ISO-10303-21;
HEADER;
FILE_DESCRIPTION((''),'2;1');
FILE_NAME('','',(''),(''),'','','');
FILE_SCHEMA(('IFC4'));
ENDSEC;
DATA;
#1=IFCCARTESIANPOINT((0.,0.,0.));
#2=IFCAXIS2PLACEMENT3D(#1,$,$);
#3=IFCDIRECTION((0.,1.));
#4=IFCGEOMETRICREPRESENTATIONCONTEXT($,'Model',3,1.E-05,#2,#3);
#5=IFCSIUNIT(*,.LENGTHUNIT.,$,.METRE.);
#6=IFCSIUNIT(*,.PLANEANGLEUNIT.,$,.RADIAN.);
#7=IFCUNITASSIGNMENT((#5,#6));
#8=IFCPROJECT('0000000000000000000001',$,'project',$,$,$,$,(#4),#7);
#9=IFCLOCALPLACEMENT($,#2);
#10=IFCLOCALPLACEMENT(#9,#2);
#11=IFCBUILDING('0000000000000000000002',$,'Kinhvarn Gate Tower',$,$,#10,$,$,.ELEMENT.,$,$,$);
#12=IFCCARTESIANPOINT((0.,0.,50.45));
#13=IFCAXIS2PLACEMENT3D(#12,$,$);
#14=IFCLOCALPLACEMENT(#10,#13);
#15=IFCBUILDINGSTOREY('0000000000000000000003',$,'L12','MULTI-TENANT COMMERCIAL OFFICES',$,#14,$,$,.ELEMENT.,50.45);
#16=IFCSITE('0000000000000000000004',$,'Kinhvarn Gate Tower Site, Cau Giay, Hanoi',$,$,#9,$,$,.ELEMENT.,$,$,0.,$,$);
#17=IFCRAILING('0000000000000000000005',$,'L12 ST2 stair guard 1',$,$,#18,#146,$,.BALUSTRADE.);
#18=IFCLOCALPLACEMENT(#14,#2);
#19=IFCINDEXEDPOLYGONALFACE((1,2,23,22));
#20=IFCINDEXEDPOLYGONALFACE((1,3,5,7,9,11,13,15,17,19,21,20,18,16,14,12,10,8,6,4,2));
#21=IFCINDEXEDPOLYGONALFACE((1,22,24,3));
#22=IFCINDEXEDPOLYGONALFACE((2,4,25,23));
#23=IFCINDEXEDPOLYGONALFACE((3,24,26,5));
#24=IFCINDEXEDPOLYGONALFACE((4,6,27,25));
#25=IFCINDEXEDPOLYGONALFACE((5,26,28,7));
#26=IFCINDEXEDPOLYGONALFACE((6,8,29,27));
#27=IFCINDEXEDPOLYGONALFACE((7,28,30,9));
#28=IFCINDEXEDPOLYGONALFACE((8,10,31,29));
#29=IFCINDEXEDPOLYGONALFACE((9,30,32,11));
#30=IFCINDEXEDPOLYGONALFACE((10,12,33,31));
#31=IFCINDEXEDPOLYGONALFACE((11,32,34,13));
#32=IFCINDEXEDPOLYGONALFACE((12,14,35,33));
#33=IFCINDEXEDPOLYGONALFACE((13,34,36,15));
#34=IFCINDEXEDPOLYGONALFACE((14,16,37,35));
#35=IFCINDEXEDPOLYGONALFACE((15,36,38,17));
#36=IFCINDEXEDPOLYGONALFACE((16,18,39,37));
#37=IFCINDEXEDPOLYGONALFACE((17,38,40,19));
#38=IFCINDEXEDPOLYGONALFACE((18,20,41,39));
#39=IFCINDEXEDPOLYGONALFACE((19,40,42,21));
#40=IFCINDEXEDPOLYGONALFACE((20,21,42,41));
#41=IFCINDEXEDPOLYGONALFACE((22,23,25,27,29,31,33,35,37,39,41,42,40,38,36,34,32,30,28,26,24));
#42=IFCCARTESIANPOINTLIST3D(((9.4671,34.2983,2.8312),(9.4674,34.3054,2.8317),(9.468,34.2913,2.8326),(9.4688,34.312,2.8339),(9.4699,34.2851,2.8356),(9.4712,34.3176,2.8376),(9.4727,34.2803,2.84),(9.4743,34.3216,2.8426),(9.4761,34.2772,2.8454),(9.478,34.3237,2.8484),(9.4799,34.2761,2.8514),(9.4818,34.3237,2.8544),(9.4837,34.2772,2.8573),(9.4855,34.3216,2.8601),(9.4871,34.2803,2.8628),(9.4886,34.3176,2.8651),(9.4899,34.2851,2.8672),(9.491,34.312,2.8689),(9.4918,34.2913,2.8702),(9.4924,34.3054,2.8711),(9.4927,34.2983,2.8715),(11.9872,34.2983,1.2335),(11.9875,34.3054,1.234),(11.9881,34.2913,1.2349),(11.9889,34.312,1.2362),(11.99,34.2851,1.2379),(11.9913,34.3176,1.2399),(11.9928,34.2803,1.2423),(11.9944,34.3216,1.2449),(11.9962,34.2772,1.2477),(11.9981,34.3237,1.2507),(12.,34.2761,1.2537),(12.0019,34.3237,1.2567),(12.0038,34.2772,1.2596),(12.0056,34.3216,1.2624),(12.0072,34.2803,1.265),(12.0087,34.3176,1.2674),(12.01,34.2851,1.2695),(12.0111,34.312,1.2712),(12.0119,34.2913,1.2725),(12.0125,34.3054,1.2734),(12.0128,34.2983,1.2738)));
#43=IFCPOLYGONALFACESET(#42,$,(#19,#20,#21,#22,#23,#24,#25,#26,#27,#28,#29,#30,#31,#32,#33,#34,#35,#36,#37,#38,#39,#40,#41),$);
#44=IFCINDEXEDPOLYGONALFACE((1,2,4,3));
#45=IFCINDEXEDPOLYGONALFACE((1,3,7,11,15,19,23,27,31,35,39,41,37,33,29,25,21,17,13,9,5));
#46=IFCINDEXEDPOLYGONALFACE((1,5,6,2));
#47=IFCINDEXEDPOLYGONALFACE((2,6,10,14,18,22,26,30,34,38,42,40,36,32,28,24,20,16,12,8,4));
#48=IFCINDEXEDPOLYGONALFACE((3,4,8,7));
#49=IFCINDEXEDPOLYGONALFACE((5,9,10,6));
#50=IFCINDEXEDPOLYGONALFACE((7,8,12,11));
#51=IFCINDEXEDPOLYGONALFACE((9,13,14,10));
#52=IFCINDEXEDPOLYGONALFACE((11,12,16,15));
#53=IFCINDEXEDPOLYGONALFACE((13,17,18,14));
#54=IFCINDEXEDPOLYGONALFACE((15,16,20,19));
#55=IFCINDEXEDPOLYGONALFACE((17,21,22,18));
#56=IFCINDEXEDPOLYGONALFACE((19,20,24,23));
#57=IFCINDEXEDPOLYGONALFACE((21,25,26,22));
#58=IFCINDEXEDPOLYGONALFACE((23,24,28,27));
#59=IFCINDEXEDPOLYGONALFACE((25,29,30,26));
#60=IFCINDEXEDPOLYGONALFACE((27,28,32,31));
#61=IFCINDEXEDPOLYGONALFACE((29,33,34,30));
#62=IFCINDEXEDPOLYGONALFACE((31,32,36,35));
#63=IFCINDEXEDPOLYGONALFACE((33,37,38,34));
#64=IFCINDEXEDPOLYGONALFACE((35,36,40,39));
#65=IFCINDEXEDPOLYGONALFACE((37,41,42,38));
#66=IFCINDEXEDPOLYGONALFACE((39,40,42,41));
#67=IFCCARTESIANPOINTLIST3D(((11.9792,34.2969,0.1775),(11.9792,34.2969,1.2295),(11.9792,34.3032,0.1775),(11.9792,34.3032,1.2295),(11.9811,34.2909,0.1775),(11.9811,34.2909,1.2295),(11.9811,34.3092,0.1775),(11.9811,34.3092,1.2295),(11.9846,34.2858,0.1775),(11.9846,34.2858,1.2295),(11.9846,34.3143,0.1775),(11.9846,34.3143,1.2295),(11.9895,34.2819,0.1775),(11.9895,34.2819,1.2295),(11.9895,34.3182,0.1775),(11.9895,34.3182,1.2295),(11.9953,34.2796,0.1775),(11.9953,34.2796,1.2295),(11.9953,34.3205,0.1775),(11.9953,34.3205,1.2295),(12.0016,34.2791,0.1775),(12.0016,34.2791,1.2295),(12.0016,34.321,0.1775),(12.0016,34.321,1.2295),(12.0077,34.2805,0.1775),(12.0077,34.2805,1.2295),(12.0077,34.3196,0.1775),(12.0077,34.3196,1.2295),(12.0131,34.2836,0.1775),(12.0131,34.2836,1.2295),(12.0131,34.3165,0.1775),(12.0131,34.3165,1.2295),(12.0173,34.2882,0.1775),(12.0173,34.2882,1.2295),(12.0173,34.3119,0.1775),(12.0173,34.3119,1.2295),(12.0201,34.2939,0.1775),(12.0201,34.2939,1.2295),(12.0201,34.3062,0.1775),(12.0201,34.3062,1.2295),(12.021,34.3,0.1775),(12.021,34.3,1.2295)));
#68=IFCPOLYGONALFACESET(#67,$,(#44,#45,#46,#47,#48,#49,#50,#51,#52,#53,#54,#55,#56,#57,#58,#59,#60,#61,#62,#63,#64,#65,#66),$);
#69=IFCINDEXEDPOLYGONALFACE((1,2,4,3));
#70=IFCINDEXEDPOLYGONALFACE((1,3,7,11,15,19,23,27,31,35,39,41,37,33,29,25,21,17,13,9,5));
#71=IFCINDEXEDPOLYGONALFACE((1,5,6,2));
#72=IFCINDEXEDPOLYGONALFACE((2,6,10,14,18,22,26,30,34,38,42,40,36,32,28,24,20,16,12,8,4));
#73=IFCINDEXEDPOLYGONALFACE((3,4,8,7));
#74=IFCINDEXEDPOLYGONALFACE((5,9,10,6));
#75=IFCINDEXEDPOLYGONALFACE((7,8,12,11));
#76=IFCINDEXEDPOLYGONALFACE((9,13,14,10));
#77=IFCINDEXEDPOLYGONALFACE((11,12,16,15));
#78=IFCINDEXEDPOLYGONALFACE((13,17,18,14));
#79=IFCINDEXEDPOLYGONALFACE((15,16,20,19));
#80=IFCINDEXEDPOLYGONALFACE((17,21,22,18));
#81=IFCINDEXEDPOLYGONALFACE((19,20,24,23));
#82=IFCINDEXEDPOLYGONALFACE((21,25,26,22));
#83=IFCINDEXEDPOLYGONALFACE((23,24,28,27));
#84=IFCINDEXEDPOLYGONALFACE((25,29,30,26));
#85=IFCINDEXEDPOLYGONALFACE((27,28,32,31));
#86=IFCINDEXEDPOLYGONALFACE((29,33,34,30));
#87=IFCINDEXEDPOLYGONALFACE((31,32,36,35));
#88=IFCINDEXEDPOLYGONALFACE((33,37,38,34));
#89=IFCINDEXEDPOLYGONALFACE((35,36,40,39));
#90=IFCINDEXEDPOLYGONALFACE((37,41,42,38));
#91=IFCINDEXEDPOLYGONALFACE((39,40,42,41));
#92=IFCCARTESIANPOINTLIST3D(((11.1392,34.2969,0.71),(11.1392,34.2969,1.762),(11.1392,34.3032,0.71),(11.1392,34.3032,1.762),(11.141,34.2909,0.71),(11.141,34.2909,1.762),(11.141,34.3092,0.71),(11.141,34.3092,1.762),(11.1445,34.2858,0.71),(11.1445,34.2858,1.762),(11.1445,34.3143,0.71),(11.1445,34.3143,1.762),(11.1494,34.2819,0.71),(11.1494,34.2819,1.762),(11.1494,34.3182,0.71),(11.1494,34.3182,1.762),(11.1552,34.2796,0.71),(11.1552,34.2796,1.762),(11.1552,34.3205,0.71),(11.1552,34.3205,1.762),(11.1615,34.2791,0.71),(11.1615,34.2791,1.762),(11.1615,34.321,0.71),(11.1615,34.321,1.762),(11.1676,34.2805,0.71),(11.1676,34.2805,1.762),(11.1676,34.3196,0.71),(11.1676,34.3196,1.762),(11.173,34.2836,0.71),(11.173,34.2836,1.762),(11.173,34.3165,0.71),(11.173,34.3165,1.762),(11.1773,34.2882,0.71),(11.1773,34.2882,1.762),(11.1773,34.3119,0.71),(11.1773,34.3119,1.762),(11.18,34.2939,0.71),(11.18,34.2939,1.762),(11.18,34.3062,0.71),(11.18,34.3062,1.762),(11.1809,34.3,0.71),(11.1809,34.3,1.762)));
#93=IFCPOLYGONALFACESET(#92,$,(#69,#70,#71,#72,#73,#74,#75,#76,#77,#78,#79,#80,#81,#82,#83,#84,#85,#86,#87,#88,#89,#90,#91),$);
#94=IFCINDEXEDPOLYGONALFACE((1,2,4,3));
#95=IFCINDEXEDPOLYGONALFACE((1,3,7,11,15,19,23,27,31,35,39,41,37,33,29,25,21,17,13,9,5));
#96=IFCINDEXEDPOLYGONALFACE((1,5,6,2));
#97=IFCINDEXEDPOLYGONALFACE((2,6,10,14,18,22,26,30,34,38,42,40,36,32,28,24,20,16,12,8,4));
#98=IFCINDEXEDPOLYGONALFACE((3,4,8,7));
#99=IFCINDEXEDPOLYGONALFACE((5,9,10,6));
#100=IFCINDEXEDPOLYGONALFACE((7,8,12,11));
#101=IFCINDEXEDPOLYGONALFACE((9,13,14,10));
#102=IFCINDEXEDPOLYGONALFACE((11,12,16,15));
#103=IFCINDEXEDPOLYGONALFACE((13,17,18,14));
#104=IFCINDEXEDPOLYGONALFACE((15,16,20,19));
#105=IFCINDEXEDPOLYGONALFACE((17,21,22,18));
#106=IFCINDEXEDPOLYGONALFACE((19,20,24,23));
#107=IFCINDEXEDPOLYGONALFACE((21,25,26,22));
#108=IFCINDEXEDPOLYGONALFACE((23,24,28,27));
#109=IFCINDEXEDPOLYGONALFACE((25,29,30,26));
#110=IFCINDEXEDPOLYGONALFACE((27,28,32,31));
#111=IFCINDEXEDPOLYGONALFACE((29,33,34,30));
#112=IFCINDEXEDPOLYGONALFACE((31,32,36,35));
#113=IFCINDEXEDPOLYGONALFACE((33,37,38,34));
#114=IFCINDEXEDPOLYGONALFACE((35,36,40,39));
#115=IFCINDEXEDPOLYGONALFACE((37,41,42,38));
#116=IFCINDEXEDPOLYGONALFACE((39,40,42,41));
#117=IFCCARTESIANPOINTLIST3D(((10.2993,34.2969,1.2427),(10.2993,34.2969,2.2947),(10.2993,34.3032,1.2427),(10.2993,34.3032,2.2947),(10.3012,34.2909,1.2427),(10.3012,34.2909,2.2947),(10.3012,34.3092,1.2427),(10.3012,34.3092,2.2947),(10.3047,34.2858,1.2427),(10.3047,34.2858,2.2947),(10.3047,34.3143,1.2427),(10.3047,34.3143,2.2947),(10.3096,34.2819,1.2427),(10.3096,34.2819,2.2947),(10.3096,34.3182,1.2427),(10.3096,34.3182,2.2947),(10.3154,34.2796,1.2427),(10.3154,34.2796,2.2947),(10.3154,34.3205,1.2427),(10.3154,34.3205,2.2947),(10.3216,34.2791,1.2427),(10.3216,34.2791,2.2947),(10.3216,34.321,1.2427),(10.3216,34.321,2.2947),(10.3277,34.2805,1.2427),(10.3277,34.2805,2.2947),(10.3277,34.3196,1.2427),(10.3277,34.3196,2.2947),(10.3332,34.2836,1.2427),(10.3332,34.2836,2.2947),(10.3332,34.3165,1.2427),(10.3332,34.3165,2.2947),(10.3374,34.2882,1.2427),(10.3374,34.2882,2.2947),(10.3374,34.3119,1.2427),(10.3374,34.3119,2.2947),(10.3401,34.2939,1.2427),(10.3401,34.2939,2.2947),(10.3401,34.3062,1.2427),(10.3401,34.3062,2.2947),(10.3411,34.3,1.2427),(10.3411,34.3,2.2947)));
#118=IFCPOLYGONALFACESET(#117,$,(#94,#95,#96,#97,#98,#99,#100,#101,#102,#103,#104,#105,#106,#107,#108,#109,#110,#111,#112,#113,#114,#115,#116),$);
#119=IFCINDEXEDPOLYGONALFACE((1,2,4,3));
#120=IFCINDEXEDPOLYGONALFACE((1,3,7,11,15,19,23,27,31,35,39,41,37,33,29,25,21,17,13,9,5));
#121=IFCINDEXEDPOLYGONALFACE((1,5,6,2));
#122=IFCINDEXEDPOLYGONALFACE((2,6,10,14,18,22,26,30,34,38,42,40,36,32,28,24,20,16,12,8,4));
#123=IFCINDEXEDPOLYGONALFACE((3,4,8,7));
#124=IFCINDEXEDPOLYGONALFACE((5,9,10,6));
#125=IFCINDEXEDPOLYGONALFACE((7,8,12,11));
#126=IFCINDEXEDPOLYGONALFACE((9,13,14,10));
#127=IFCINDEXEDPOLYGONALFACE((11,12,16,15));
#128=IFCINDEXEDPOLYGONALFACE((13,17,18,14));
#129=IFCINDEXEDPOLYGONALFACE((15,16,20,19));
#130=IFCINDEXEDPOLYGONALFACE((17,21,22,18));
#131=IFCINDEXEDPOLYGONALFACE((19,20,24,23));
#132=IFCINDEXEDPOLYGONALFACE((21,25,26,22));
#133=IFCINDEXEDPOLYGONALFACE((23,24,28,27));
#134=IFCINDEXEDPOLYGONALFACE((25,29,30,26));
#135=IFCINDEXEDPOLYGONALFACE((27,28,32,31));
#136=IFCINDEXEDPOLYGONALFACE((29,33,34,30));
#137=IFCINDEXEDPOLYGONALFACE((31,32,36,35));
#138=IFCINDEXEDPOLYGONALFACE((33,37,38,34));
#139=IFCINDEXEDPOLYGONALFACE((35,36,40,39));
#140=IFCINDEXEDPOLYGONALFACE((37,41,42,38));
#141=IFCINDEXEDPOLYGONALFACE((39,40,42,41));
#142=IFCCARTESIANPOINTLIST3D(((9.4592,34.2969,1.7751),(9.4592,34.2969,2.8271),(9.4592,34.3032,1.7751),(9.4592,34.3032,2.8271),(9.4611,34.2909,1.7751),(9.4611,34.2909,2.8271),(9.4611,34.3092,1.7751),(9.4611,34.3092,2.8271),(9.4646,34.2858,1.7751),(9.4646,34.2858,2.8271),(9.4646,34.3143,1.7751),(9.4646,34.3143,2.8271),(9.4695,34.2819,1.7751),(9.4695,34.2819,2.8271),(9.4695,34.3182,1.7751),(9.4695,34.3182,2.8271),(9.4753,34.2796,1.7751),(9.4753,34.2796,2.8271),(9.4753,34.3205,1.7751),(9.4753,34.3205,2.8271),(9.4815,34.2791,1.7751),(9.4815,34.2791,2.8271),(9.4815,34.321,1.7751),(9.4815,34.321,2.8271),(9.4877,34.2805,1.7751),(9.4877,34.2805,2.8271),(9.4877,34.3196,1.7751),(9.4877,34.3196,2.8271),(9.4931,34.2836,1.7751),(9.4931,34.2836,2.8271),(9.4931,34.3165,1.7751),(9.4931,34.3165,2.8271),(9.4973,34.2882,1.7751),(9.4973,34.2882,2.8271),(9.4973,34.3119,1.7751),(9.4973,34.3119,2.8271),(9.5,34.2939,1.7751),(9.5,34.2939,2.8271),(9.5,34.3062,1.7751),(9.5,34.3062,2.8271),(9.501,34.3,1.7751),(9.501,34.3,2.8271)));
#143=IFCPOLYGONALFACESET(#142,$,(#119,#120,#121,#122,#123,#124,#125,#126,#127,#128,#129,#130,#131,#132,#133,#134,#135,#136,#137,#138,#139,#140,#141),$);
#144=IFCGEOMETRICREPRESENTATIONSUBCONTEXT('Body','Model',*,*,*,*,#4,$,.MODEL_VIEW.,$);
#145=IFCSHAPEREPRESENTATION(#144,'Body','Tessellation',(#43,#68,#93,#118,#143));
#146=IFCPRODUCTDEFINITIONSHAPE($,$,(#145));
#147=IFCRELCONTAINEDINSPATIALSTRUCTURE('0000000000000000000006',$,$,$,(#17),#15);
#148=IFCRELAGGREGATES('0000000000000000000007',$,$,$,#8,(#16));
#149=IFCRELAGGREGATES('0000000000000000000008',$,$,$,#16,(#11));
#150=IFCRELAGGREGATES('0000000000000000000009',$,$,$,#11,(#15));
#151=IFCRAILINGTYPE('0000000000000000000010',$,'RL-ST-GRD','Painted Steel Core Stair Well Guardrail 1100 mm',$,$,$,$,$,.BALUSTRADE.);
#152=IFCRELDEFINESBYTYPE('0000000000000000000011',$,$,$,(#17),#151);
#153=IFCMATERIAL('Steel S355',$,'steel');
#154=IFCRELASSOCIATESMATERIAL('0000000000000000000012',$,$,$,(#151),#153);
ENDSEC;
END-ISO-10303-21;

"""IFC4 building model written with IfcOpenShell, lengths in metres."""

from ifc_helpers import new_model, si_unit, direction, frame, origin, origin_2d, place, context, subcontext, project, spatial, circle, extrude, material, type_object, element, save


model = new_model("IFC4")

# Units and contexts
model_context = context("Model", 3, precision=1e-05, world=origin(), true_north=direction((0.0, 1.0)))
body_context = subcontext(model_context, "Body", "Model", "MODEL_VIEW")
ifc_project = project(units=[si_unit("LENGTHUNIT", "METRE"), si_unit("PLANEANGLEUNIT", "RADIAN")], contexts=[model_context])

# Site, building, storey
site_placement = place(None, origin())
site = spatial("IfcSite", under=ifc_project, at=site_placement, Name="Kinhvarn Gate Tower Site, Cau Giay, Hanoi", CompositionType="ELEMENT", RefElevation=0.0)
building_placement = place(site_placement, origin())
building = spatial("IfcBuilding", under=site, at=building_placement, Name="Kinhvarn Gate Tower", CompositionType="ELEMENT")
storey_placement = place(building_placement, frame((0.0, 0.0, 50.45)))
storey = spatial("IfcBuildingStorey", under=building, at=storey_placement, Name="L12", Description="MULTI-TENANT COMMERCIAL OFFICES", CompositionType="ELEMENT", Elevation=50.45)

# Railing
ifc_material_1 = material(Name="Steel S355", Category="steel")
railing_type_1 = type_object("IfcRailingType", Name="RL-ST-GRD", Description="Painted Steel Core Stair Well Guardrail 1100 mm", PredefinedType="BALUSTRADE", material=ifc_material_1)
railing_1_placement = place(storey_placement, frame((12.0, 34.3, 0.1775)))
element("IfcRailing", 1, at=railing_1_placement, inside=storey, type_object=railing_type_1, Name="L12 ST2 stair guard 1", PredefinedType="BALUSTRADE", context=body_context, shape_type="SweptSolid", body=[
    extrude(circle(Radius=0.0239, at=origin_2d()), frame((0.0, 0.0, 1.0762), z_axis=(-0.84457, 0.0, 0.535445), x_axis=(0.0, -1.0, 0.0)), (0.0, 0.0, 1.0), 2.9839),
    extrude(circle(Radius=0.021, at=origin_2d()), origin(), (0.0, 0.0, 1.0), 1.052),
    extrude(circle(Radius=0.021, at=origin_2d()), frame((-0.8401, 0.0, 0.5325)), (0.0, 0.0, 1.0), 1.052),
    extrude(circle(Radius=0.021, at=origin_2d()), frame((-1.6799, 0.0, 1.0652)), (0.0, 0.0, 1.0), 1.052),
    extrude(circle(Radius=0.021, at=origin_2d()), frame((-2.52, 0.0, 1.5977)), (0.0, 0.0, 1.0), 1.052),
])

save(model, "model.ifc")
